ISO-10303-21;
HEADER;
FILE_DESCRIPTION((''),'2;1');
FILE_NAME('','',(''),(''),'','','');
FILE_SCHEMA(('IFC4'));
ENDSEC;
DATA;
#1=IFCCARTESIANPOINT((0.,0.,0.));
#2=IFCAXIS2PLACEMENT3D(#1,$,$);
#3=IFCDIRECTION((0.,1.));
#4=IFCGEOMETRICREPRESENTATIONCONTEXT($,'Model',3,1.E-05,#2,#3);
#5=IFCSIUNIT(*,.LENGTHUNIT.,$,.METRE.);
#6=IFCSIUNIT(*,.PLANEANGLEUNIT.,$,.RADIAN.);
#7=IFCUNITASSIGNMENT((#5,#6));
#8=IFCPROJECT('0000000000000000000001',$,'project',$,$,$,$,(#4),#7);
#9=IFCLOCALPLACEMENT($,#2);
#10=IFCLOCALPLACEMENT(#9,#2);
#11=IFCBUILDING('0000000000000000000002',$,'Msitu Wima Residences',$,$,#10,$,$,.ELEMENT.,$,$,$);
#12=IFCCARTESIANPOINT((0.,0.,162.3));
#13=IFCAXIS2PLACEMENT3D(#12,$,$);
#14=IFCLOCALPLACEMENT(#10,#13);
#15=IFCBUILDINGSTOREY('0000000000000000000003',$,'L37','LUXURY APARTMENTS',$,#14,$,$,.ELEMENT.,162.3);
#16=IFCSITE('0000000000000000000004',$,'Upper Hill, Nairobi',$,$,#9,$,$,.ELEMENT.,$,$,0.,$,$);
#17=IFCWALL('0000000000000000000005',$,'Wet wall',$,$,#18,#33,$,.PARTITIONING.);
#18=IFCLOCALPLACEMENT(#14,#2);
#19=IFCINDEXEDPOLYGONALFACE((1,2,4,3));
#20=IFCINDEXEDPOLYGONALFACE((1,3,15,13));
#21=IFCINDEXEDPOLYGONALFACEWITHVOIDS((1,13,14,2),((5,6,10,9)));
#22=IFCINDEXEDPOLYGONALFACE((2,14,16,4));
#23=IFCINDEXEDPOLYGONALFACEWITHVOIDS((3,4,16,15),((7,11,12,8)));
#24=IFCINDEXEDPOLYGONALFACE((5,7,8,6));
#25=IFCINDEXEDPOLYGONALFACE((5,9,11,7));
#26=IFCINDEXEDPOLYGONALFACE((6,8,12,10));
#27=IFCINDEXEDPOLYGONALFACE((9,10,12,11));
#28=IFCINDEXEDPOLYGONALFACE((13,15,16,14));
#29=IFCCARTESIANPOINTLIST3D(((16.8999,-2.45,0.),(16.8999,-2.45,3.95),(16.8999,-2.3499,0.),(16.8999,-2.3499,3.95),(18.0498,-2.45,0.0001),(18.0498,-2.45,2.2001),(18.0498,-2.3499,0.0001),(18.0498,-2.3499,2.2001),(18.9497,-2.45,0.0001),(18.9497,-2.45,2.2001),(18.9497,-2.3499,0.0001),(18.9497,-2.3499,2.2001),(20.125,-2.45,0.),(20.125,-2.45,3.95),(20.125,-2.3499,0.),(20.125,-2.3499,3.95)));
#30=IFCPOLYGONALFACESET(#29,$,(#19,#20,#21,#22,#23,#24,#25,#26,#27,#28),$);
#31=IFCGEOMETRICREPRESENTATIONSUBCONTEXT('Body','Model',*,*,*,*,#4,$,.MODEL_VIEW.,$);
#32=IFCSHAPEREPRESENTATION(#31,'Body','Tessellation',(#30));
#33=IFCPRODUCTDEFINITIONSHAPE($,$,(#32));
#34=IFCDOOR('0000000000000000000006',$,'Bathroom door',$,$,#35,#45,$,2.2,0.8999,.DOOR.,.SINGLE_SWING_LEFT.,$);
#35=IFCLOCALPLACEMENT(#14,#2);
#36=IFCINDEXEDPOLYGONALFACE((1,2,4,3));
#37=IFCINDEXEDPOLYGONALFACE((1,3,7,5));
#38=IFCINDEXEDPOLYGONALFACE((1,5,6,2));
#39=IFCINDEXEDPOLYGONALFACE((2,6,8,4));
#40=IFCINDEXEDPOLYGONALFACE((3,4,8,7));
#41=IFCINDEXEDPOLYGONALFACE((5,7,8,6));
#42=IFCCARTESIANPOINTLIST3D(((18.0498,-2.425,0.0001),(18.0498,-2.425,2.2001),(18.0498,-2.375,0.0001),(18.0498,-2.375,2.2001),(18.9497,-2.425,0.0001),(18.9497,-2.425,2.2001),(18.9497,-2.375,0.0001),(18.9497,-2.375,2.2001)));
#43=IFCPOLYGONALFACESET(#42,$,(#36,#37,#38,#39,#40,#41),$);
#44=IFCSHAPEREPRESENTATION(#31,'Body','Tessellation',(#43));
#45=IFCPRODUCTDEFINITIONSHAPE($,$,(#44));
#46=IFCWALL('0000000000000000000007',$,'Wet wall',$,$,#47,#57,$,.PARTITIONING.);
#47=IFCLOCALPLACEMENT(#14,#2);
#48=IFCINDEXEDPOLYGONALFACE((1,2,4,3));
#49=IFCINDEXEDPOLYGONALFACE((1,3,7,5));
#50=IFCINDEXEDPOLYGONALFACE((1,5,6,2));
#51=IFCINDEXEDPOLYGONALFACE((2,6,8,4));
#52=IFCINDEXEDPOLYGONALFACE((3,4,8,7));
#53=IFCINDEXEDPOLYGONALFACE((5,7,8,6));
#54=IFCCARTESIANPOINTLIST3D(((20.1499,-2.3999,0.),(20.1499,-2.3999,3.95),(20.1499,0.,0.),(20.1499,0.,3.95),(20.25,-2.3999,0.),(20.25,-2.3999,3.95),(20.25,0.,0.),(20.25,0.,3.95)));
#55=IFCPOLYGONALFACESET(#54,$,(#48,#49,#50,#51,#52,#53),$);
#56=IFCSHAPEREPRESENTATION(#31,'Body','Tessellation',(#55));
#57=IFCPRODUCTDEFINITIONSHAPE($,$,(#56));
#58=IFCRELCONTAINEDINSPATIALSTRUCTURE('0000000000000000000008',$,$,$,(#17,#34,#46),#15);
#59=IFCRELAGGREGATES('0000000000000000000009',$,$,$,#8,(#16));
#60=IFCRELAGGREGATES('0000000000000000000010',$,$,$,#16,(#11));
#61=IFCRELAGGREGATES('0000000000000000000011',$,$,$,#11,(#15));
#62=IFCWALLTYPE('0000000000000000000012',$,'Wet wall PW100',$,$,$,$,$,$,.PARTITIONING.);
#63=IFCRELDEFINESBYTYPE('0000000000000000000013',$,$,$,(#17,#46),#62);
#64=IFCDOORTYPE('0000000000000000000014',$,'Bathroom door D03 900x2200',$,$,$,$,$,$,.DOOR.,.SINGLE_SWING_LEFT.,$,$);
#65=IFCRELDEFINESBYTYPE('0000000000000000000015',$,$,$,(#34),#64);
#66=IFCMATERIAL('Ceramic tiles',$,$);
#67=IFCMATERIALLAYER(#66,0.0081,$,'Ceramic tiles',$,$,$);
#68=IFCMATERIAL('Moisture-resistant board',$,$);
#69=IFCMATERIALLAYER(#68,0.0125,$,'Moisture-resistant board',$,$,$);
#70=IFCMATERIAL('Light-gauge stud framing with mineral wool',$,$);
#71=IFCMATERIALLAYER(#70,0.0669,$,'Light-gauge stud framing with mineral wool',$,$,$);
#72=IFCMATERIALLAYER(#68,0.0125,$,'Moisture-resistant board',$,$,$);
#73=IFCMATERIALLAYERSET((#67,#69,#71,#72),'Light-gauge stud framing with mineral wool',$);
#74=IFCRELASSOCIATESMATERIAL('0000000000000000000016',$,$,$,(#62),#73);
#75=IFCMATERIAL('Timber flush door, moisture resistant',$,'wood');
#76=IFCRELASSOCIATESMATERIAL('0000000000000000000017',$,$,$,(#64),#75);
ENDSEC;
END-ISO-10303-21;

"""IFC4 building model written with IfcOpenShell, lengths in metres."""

from ifc_helpers import new_model, si_unit, direction, frame, frame_2d, origin, place, context, subcontext, project, spatial, rectangle, extrude, material, layer, layer_set, type_object, element, fill, save


model = new_model("IFC4")

# Units and contexts
model_context = context("Model", 3, precision=1e-05, world=origin(), true_north=direction((0.0, 1.0)))
body_context = subcontext(model_context, "Body", "Model", "MODEL_VIEW")
ifc_project = project(units=[si_unit("LENGTHUNIT", "METRE"), si_unit("PLANEANGLEUNIT", "RADIAN")], contexts=[model_context])

# Site, building, storey
site_placement = place(None, origin())
site = spatial("IfcSite", under=ifc_project, at=site_placement, Name="Upper Hill, Nairobi", CompositionType="ELEMENT", RefElevation=0.0)
building_placement = place(site_placement, origin())
building = spatial("IfcBuilding", under=site, at=building_placement, Name="Msitu Wima Residences", CompositionType="ELEMENT")
storey_placement = place(building_placement, frame((0.0, 0.0, 162.3)))
storey = spatial("IfcBuildingStorey", under=building, at=storey_placement, Name="L37", Description="LUXURY APARTMENTS", CompositionType="ELEMENT", Elevation=162.3)

# Wall, opening, door
ifc_material_1 = material(Name="Ceramic tiles")
ifc_layer_1 = layer(ifc_material_1, 0.0081, Name="Ceramic tiles")
ifc_material_2 = material(Name="Moisture-resistant board")
ifc_layer_2 = layer(ifc_material_2, 0.0125, Name="Moisture-resistant board")
ifc_material_3 = material(Name="Light-gauge stud framing with mineral wool")
ifc_layer_3 = layer(ifc_material_3, 0.0669, Name="Light-gauge stud framing with mineral wool")
ifc_layer_4 = layer(ifc_material_2, 0.0125, Name="Moisture-resistant board")
ifc_layer_set_1 = layer_set([ifc_layer_1, ifc_layer_2, ifc_layer_3, ifc_layer_4], Name="Light-gauge stud framing with mineral wool")
wall_type_1 = type_object("IfcWallType", Name="Wet wall PW100", PredefinedType="PARTITIONING", material=ifc_layer_set_1)
wall_1_placement = place(storey_placement, frame((16.8999, -2.3999, 0.0), z_axis=(0.0, 0.0, 1.0), x_axis=(1.0, 0.0, 0.0)))
wall_1 = element("IfcWall", 1, at=wall_1_placement, inside=storey, type_object=wall_type_1, Name="Wet wall", PredefinedType="PARTITIONING", context=body_context, shape_type="SweptSolid", body=[
    extrude(rectangle(XDim=3.2251, YDim=0.1001, at=frame_2d((1.6125, 0.0))), origin(), (0.0, 0.0, 1.0), 3.95),
])
opening_1_placement = place(wall_1_placement, frame((1.1499, 0.0, 0.0)))
opening_1 = element("IfcOpeningElement", 2, at=opening_1_placement, cuts=wall_1, PredefinedType="OPENING", context=body_context, shape_type="SweptSolid", body=[
    extrude(rectangle(XDim=0.8999, YDim=2.2, at=frame_2d((0.45, 1.1001))), frame((0.0, 0.0601, 0.0), z_axis=(0.0, -1.0, 0.0), x_axis=(1.0, 0.0, 0.0)), (0.0, 0.0, 1.0), 0.1201),
])
ifc_material_4 = material(Name="Timber flush door, moisture resistant", Category="wood")
door_type_1 = type_object("IfcDoorType", Name="Bathroom door D03 900x2200", OperationType="SINGLE_SWING_LEFT", PredefinedType="DOOR", material=ifc_material_4)
door_1_placement = place(opening_1_placement, origin())
door_1 = element("IfcDoor", 3, at=door_1_placement, inside=storey, type_object=door_type_1, Name="Bathroom door", OperationType="SINGLE_SWING_LEFT", OverallHeight=2.2, OverallWidth=0.8999, PredefinedType="DOOR", context=body_context, shape_type="SweptSolid", body=[
    extrude(rectangle(XDim=0.8999, YDim=2.2, at=frame_2d((0.45, 1.1001))), frame((0.0, 0.0249, 0.0), z_axis=(0.0, -1.0, 0.0), x_axis=(1.0, 0.0, 0.0)), (0.0, 0.0, 1.0), 0.05),
])
fill(opening_1, door_1)

# Wall
wall_2_placement = place(storey_placement, frame((20.2, -2.3999, 0.0), z_axis=(0.0, 0.0, 1.0), x_axis=(0.0, 1.0, 0.0)))
element("IfcWall", 4, at=wall_2_placement, inside=storey, type_object=wall_type_1, Name="Wet wall", PredefinedType="PARTITIONING", context=body_context, shape_type="SweptSolid", body=[
    extrude(rectangle(XDim=2.3999, YDim=0.1001, at=frame_2d((1.2, 0.0))), origin(), (0.0, 0.0, 1.0), 3.95),
])

save(model, "model.ifc")
